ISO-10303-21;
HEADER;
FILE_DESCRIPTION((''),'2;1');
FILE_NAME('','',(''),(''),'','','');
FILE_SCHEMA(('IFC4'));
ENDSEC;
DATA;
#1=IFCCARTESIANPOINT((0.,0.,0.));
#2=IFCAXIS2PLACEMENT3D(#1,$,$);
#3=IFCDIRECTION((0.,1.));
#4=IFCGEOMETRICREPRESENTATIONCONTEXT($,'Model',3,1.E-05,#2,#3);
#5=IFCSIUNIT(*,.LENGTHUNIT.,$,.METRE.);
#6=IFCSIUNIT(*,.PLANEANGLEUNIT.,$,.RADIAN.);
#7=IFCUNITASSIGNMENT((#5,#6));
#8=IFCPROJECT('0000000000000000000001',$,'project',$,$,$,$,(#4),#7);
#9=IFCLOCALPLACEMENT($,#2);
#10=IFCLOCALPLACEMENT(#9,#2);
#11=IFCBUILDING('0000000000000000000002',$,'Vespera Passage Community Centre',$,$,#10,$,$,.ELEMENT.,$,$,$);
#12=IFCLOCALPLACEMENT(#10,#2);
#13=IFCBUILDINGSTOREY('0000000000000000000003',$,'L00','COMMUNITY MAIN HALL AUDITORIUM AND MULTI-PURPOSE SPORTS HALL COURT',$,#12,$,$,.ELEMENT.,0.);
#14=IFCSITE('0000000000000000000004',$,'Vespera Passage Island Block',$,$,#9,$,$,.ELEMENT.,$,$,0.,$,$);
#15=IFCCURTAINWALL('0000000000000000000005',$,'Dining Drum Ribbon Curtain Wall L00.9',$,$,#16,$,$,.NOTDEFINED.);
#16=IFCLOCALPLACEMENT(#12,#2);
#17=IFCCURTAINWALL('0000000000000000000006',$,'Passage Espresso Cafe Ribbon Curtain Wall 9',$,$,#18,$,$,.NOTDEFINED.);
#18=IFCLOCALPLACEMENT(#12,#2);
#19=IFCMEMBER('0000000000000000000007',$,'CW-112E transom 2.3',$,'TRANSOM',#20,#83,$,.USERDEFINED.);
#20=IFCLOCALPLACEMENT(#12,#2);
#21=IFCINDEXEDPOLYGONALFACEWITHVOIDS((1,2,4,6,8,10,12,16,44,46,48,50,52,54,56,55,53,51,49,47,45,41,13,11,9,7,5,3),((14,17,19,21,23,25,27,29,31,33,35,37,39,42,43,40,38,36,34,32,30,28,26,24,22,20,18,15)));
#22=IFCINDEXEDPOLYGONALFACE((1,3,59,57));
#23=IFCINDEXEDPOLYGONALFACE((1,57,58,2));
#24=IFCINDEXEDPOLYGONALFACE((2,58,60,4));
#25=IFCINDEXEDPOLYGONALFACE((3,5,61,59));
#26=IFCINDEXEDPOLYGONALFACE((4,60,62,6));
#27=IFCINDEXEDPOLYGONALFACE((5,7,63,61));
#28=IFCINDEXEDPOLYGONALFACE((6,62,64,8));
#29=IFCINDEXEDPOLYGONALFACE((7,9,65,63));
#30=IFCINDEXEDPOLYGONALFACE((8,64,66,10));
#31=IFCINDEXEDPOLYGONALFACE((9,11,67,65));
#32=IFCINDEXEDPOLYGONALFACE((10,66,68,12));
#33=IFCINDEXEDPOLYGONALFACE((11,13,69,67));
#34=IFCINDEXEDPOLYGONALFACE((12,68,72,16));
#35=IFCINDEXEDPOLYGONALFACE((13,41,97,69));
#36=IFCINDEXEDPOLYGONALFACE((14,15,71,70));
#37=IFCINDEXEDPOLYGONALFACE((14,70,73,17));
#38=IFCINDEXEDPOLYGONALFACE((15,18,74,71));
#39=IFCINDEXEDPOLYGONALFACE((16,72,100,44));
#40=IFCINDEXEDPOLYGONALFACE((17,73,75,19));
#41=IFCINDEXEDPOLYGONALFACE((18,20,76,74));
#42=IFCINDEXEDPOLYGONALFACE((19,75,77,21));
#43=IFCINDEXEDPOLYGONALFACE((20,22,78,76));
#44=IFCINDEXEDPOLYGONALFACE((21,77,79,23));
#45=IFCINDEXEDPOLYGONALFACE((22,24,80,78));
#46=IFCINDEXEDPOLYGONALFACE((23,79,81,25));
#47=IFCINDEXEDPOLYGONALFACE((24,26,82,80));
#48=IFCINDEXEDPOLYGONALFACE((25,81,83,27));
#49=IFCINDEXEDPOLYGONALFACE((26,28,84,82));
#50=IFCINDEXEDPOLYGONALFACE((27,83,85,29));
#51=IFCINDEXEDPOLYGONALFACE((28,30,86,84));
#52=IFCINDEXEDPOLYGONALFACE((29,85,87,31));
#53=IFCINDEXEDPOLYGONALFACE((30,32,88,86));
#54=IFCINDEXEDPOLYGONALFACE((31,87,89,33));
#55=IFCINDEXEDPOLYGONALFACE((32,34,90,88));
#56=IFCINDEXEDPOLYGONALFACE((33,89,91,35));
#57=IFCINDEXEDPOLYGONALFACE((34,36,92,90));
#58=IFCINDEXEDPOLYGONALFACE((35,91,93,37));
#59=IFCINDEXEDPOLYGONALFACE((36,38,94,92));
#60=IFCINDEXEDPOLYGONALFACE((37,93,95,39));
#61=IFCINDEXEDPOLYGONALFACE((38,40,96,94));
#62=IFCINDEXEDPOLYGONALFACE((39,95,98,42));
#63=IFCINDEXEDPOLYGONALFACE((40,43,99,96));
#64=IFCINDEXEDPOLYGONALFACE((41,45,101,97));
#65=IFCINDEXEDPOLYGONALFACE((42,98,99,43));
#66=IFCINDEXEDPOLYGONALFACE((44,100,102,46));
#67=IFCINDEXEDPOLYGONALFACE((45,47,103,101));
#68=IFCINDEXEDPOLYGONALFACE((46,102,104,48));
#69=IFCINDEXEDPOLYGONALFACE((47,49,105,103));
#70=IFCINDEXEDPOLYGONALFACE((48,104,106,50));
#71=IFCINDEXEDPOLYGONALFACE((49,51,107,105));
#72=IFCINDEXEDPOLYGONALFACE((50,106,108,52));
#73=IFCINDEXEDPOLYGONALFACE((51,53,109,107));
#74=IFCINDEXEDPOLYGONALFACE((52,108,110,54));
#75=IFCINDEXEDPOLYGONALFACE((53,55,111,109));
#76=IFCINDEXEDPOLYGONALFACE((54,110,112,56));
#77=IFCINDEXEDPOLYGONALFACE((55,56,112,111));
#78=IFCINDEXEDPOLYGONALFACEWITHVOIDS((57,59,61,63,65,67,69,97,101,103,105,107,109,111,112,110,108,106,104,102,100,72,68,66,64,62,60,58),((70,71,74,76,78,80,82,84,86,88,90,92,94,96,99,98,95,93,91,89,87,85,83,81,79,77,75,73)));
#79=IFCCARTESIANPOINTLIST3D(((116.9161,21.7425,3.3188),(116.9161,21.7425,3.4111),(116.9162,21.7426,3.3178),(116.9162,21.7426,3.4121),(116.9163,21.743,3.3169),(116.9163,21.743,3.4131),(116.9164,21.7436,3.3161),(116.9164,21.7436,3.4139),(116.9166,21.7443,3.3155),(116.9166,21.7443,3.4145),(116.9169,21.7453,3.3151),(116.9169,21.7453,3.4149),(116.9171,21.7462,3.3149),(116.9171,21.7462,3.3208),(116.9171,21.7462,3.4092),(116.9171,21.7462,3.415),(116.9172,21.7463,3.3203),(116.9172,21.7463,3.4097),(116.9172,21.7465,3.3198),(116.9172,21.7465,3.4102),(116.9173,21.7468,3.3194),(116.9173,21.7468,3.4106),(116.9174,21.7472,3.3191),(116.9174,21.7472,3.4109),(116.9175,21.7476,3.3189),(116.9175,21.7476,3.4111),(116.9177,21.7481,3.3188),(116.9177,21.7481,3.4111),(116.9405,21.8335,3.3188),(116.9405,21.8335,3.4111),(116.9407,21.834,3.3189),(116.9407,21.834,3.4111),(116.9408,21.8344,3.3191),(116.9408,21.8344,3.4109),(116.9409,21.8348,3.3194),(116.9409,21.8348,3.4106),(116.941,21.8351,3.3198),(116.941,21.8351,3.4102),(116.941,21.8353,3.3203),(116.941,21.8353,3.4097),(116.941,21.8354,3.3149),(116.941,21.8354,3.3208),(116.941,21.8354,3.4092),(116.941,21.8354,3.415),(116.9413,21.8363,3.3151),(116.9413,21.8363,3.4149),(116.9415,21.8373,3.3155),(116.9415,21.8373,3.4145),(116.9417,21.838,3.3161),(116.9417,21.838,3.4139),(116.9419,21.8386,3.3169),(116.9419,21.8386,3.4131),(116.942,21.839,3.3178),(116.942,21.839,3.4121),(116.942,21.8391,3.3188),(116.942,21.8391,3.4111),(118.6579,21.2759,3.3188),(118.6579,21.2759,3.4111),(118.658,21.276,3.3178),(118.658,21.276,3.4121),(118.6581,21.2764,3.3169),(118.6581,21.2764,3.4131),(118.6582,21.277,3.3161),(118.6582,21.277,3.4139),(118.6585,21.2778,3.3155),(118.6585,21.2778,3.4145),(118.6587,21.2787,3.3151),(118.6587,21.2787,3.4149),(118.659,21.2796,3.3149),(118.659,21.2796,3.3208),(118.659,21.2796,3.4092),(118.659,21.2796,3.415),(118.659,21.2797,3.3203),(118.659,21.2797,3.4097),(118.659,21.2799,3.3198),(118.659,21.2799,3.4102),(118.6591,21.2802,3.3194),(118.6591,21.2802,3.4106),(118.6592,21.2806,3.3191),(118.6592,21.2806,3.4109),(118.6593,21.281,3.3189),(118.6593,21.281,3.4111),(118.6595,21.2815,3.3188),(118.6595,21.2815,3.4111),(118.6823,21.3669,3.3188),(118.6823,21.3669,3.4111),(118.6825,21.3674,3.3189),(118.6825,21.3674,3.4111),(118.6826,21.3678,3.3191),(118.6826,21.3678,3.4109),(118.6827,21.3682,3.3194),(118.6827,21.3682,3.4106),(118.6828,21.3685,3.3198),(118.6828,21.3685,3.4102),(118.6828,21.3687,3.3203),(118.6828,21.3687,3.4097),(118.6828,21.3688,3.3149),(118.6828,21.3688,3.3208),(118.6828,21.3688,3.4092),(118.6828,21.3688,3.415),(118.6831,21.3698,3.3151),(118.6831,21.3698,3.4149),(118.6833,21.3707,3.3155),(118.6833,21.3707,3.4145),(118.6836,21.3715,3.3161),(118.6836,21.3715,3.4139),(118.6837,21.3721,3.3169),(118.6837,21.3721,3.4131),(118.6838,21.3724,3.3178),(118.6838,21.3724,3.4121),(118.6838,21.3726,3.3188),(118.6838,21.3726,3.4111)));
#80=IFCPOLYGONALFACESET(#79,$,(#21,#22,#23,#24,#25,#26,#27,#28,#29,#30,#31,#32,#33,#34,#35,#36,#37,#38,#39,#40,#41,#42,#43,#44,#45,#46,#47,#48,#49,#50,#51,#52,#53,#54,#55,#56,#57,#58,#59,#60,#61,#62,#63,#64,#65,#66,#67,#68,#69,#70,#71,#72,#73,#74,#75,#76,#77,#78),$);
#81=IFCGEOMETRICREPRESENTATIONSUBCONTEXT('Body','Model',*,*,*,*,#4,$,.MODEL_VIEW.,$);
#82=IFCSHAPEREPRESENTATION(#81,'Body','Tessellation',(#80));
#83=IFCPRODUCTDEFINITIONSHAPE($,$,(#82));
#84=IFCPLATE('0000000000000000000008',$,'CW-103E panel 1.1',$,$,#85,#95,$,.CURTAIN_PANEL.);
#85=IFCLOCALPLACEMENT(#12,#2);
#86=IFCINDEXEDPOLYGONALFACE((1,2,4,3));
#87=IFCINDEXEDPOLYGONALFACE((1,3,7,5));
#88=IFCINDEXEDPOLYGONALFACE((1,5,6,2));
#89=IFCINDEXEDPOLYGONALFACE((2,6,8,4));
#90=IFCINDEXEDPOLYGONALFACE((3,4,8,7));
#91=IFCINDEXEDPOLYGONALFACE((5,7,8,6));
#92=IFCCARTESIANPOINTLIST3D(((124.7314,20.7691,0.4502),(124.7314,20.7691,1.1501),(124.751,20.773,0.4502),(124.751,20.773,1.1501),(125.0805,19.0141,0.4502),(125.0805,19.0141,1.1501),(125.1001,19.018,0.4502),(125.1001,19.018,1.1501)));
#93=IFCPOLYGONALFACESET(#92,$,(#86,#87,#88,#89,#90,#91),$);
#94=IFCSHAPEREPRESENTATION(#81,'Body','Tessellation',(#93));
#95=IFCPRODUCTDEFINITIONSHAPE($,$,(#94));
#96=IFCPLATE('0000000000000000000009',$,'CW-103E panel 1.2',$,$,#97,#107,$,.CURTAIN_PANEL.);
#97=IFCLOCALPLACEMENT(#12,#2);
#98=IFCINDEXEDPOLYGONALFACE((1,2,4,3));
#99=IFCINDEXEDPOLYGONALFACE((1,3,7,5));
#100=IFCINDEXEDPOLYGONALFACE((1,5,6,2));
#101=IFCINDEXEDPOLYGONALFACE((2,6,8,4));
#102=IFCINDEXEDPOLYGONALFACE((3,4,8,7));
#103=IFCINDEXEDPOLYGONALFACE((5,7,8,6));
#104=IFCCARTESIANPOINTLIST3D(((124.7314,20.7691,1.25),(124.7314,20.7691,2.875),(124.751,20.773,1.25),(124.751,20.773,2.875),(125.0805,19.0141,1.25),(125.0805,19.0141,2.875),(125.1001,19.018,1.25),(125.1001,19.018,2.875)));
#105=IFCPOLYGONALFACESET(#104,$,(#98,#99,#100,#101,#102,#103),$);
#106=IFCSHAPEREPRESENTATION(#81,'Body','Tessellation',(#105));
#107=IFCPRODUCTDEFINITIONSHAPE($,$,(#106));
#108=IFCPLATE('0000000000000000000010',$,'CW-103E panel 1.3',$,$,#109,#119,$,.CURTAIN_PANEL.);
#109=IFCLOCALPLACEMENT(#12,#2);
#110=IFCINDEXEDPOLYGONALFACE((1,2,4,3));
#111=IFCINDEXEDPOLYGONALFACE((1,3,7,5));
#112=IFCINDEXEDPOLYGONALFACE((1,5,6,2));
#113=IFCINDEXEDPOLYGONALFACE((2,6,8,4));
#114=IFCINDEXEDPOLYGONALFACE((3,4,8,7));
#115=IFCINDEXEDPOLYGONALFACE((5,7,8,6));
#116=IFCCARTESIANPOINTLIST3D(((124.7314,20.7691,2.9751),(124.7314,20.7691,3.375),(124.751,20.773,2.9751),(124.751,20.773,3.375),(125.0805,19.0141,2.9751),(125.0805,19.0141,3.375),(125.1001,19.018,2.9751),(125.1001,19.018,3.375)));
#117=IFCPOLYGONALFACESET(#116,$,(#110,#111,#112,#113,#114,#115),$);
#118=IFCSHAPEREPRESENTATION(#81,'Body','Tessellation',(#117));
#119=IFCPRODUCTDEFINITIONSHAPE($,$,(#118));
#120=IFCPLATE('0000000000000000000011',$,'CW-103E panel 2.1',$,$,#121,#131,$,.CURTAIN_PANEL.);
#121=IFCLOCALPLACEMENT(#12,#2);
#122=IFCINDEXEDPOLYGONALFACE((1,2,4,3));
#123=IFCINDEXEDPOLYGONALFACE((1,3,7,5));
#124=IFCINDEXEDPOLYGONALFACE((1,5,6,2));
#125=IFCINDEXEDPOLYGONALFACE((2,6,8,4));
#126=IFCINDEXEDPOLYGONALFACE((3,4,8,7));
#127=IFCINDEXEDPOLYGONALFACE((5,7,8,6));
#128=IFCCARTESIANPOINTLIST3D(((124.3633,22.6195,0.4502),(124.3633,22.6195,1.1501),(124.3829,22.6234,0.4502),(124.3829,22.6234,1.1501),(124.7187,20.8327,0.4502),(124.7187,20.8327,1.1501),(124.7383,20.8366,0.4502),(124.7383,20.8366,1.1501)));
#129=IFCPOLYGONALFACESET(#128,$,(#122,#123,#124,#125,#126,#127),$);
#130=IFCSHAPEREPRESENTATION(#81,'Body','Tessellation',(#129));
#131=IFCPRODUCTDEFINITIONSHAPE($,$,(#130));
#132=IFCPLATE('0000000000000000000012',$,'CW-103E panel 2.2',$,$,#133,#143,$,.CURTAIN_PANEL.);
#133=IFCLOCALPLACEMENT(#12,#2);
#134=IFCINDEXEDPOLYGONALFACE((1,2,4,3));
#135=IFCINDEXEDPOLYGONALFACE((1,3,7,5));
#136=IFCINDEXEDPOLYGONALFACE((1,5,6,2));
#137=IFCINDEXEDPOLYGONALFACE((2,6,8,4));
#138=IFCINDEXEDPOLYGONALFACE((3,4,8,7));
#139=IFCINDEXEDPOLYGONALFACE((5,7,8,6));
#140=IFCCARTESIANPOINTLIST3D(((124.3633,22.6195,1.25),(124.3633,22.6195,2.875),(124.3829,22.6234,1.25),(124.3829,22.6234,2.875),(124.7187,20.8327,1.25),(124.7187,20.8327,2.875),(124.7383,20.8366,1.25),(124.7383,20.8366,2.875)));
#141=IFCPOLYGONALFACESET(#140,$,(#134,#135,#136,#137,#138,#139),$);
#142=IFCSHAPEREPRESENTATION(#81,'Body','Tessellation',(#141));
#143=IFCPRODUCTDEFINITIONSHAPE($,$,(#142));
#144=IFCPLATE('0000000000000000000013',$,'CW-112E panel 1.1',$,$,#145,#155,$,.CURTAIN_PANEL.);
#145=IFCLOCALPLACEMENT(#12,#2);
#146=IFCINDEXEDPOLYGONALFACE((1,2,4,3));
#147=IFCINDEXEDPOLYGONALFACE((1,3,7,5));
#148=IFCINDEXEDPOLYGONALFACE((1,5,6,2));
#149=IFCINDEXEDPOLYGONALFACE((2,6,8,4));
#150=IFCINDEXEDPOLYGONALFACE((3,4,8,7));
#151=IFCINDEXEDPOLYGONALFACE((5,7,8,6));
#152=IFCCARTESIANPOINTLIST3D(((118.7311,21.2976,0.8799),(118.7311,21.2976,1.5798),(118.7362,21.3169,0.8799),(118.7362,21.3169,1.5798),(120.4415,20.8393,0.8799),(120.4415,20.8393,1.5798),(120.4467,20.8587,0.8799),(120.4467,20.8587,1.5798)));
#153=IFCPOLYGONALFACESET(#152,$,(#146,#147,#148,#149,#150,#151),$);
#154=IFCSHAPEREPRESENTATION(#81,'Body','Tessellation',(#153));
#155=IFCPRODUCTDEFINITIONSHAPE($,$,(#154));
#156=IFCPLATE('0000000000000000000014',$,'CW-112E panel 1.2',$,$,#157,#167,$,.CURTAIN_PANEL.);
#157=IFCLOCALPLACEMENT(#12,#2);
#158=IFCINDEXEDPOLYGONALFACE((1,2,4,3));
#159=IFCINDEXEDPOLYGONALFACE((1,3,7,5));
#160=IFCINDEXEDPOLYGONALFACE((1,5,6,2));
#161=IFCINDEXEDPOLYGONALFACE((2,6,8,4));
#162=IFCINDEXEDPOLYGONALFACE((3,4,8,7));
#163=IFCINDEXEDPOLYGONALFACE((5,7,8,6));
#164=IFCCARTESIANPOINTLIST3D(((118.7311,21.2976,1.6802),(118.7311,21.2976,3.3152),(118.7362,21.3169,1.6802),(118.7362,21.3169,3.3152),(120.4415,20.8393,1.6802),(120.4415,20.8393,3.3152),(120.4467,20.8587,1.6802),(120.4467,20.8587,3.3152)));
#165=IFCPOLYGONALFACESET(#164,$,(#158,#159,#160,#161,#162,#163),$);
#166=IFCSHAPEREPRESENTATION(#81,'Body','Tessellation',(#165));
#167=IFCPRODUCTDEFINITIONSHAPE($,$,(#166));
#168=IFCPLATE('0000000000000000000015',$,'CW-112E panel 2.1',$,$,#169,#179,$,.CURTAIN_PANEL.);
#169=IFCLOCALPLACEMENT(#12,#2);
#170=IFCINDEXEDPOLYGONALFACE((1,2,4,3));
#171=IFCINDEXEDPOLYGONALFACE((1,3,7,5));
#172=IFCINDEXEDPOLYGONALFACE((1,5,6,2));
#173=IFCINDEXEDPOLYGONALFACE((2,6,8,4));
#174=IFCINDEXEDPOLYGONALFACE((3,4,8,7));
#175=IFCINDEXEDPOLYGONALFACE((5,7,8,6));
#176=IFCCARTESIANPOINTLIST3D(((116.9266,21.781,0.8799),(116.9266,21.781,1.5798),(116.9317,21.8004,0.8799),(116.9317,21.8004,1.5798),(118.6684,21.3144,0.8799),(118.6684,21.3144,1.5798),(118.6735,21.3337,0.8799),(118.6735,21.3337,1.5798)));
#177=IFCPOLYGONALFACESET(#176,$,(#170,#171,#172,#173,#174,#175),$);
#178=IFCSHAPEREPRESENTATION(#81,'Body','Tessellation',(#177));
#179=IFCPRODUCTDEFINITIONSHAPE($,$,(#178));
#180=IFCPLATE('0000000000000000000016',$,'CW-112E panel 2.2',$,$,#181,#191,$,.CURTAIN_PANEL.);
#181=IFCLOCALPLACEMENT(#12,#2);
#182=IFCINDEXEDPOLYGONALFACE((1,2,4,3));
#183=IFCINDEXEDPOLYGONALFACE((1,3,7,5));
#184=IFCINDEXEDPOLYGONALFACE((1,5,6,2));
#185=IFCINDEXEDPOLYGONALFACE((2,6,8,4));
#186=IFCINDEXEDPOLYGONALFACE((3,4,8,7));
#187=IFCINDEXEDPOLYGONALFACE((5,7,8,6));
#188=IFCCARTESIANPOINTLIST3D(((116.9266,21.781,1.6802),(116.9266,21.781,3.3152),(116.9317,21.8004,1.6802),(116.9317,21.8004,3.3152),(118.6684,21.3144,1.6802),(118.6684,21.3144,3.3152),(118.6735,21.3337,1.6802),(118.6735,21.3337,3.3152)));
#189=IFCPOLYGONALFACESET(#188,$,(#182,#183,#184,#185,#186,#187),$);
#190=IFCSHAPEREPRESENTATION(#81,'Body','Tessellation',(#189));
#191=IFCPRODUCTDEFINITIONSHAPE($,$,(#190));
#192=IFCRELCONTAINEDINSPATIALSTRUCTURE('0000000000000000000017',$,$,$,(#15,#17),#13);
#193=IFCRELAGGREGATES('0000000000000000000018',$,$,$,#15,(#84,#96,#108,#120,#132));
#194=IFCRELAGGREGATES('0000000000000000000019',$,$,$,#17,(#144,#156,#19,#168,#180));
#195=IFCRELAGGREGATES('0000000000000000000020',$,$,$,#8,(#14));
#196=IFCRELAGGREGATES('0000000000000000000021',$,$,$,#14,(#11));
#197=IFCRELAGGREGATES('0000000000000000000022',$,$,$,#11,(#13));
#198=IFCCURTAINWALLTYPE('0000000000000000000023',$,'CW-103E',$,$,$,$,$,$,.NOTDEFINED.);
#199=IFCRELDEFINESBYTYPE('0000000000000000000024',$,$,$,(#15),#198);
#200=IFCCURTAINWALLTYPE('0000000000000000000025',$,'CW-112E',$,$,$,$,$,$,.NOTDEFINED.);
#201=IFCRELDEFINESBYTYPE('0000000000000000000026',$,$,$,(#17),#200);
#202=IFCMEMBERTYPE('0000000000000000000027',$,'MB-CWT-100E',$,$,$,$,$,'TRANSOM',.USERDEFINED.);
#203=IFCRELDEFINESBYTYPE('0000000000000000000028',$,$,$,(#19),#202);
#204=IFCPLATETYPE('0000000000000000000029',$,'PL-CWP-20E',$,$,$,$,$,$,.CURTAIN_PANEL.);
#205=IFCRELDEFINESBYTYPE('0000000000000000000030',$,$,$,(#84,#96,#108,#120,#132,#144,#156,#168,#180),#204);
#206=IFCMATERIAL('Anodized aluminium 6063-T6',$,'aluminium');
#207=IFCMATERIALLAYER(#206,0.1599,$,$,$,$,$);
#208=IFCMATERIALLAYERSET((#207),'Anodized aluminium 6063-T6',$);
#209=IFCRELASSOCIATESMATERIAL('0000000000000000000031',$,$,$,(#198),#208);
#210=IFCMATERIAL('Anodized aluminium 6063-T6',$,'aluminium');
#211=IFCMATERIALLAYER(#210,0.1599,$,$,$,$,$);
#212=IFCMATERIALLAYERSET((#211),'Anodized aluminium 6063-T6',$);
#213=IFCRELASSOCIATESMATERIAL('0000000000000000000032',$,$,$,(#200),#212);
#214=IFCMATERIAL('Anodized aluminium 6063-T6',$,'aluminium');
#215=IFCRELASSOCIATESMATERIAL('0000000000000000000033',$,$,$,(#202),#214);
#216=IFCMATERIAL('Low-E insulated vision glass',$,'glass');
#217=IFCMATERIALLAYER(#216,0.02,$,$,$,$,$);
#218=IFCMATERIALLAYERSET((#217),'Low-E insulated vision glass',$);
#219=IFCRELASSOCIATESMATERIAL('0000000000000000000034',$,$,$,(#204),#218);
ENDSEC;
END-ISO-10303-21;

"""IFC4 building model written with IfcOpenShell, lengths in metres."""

from ifc_helpers import new_model, si_unit, direction, frame, origin, origin_2d, place, context, subcontext, project, spatial, rectangle, hollow_rectangle, extrude, material, layer, layer_set, material_profile, profile_set, type_object, element, aggregate, save


model = new_model("IFC4")

# Units and contexts
model_context = context("Model", 3, precision=1e-05, world=origin(), true_north=direction((0.0, 1.0)))
body_context = subcontext(model_context, "Body", "Model", "MODEL_VIEW")
ifc_project = project(units=[si_unit("LENGTHUNIT", "METRE"), si_unit("PLANEANGLEUNIT", "RADIAN")], contexts=[model_context])

# Site, building, storey
site_placement = place(None, origin())
site = spatial("IfcSite", under=ifc_project, at=site_placement, Name="Vespera Passage Island Block", CompositionType="ELEMENT", RefElevation=0.0)
building_placement = place(site_placement, origin())
building = spatial("IfcBuilding", under=site, at=building_placement, Name="Vespera Passage Community Centre", CompositionType="ELEMENT")
storey_placement = place(building_placement, origin())
storey = spatial("IfcBuildingStorey", under=building, at=storey_placement, Name="L00", Description="COMMUNITY MAIN HALL AUDITORIUM AND MULTI-PURPOSE SPORTS HALL COURT", CompositionType="ELEMENT", Elevation=0.0)

# Curtain wall
ifc_material_1 = material(Name="Anodized aluminium 6063-T6", Category="aluminium")
ifc_layer_1 = layer(ifc_material_1, 0.1599)
ifc_layer_set_1 = layer_set([ifc_layer_1], Name="Anodized aluminium 6063-T6")
curtain_wall_type_1 = type_object("IfcCurtainWallType", Name="CW-103E", PredefinedType="NOTDEFINED", material=ifc_layer_set_1)
curtain_wall_1_placement = place(storey_placement, origin())
curtain_wall_1 = element("IfcCurtainWall", 1, at=curtain_wall_1_placement, inside=storey, type_object=curtain_wall_type_1, Name="Dining Drum Ribbon Curtain Wall L00.9", PredefinedType="NOTDEFINED")

# Curtain wall
ifc_material_2 = material(Name="Anodized aluminium 6063-T6", Category="aluminium")
ifc_layer_2 = layer(ifc_material_2, 0.1599)
ifc_layer_set_2 = layer_set([ifc_layer_2], Name="Anodized aluminium 6063-T6")
curtain_wall_type_2 = type_object("IfcCurtainWallType", Name="CW-112E", PredefinedType="NOTDEFINED", material=ifc_layer_set_2)
curtain_wall_2_placement = place(storey_placement, origin())
curtain_wall_2 = element("IfcCurtainWall", 2, at=curtain_wall_2_placement, inside=storey, type_object=curtain_wall_type_2, Name="Passage Espresso Cafe Ribbon Curtain Wall 9", PredefinedType="NOTDEFINED")

# Member
ifc_material_3 = material(Name="Anodized aluminium 6063-T6", Category="aluminium")
ifc_material_profile_1 = material_profile(ifc_material_3, hollow_rectangle(XDim=0.1001, YDim=0.1001, WallThickness=0.0039, InnerFilletRadius=0.002, OuterFilletRadius=0.0039, at=origin_2d()), Name="ALU100X100X4")
ifc_profile_set_1 = profile_set([ifc_material_profile_1], Name="Anodized aluminium 6063-T6")
member_type_1 = type_object("IfcMemberType", Name="MB-CWT-100E", ElementType="TRANSOM", PredefinedType="USERDEFINED", material=ifc_profile_set_1)
member_1_placement = place(storey_placement, frame((118.6709, 21.3242, 3.365), z_axis=(-0.965944, 0.25875, 0.0), x_axis=(-0.25875, -0.965944, 0.0)))
member_1 = element("IfcMember", 3, at=member_1_placement, type_object=member_type_1, Name="CW-112E transom 2.3", ObjectType="TRANSOM", PredefinedType="USERDEFINED", context=body_context, shape_type="SweptSolid", body=[
    extrude(hollow_rectangle(XDim=0.1001, YDim=0.1001, WallThickness=0.0039, InnerFilletRadius=0.002, OuterFilletRadius=0.0039, at=origin_2d()), origin(), (0.0, 0.0, 1.0), 1.8032),
])

# Plates
ifc_material_4 = material(Name="Low-E insulated vision glass", Category="glass")
ifc_layer_3 = layer(ifc_material_4, 0.02)
ifc_layer_set_3 = layer_set([ifc_layer_3], Name="Low-E insulated vision glass")
plate_type = type_object("IfcPlateType", Name="PL-CWP-20E", PredefinedType="CURTAIN_PANEL", material=ifc_layer_set_3)
plate_1_placement = place(storey_placement, frame((124.9158, 19.8936, 0.4502), z_axis=(0.0, 0.0, 1.0), x_axis=(-0.195097, 0.980784, 0.0)))
plate_1 = element("IfcPlate", 4, at=plate_1_placement, type_object=plate_type, Name="CW-103E panel 1.1", PredefinedType="CURTAIN_PANEL", context=body_context, shape_type="SweptSolid", body=[
    extrude(rectangle(XDim=1.7893, YDim=0.02, at=origin_2d()), origin(), (0.0, 0.0, 1.0), 0.7),
])
plate_2_placement = place(storey_placement, frame((124.9158, 19.8936, 1.25), z_axis=(0.0, 0.0, 1.0), x_axis=(-0.195097, 0.980784, 0.0)))
plate_2 = element("IfcPlate", 5, at=plate_2_placement, type_object=plate_type, Name="CW-103E panel 1.2", PredefinedType="CURTAIN_PANEL", context=body_context, shape_type="SweptSolid", body=[
    extrude(rectangle(XDim=1.7893, YDim=0.02, at=origin_2d()), origin(), (0.0, 0.0, 1.0), 1.625),
])
plate_3_placement = place(storey_placement, frame((124.9158, 19.8936, 2.9751), z_axis=(0.0, 0.0, 1.0), x_axis=(-0.195097, 0.980784, 0.0)))
plate_3 = element("IfcPlate", 6, at=plate_3_placement, type_object=plate_type, Name="CW-103E panel 1.3", PredefinedType="CURTAIN_PANEL", context=body_context, shape_type="SweptSolid", body=[
    extrude(rectangle(XDim=1.7893, YDim=0.02, at=origin_2d()), origin(), (0.0, 0.0, 1.0), 0.3999),
])
plate_4_placement = place(storey_placement, frame((124.5508, 21.728, 0.4502), z_axis=(0.0, 0.0, 1.0), x_axis=(-0.195097, 0.980784, 0.0)))
plate_4 = element("IfcPlate", 7, at=plate_4_placement, type_object=plate_type, Name="CW-103E panel 2.1", PredefinedType="CURTAIN_PANEL", context=body_context, shape_type="SweptSolid", body=[
    extrude(rectangle(XDim=1.8218, YDim=0.02, at=origin_2d()), origin(), (0.0, 0.0, 1.0), 0.7),
])
plate_5_placement = place(storey_placement, frame((124.5508, 21.728, 1.25), z_axis=(0.0, 0.0, 1.0), x_axis=(-0.195097, 0.980784, 0.0)))
plate_5 = element("IfcPlate", 8, at=plate_5_placement, type_object=plate_type, Name="CW-103E panel 2.2", PredefinedType="CURTAIN_PANEL", context=body_context, shape_type="SweptSolid", body=[
    extrude(rectangle(XDim=1.8218, YDim=0.02, at=origin_2d()), origin(), (0.0, 0.0, 1.0), 1.625),
])
aggregate(curtain_wall_1, [plate_1, plate_2, plate_3, plate_4, plate_5])
plate_6_placement = place(storey_placement, frame((119.5889, 21.0781, 0.8799), z_axis=(0.0, 0.0, 1.0), x_axis=(-0.965929, 0.258807, 0.0)))
plate_6 = element("IfcPlate", 9, at=plate_6_placement, type_object=plate_type, Name="CW-112E panel 1.1", PredefinedType="CURTAIN_PANEL", context=body_context, shape_type="SweptSolid", body=[
    extrude(rectangle(XDim=1.7708, YDim=0.02, at=origin_2d()), origin(), (0.0, 0.0, 1.0), 0.7),
])
plate_7_placement = place(storey_placement, frame((119.5889, 21.0781, 1.6802), z_axis=(0.0, 0.0, 1.0), x_axis=(-0.965929, 0.258807, 0.0)))
plate_7 = element("IfcPlate", 10, at=plate_7_placement, type_object=plate_type, Name="CW-112E panel 1.2", PredefinedType="CURTAIN_PANEL", context=body_context, shape_type="SweptSolid", body=[
    extrude(rectangle(XDim=1.7708, YDim=0.02, at=origin_2d()), origin(), (0.0, 0.0, 1.0), 1.635),
])
plate_8_placement = place(storey_placement, frame((117.8, 21.5574, 0.8799), z_axis=(0.0, 0.0, 1.0), x_axis=(-0.965929, 0.258807, 0.0)))
plate_8 = element("IfcPlate", 11, at=plate_8_placement, type_object=plate_type, Name="CW-112E panel 2.1", PredefinedType="CURTAIN_PANEL", context=body_context, shape_type="SweptSolid", body=[
    extrude(rectangle(XDim=1.8032, YDim=0.02, at=origin_2d()), origin(), (0.0, 0.0, 1.0), 0.7),
])
plate_9_placement = place(storey_placement, frame((117.8, 21.5574, 1.6802), z_axis=(0.0, 0.0, 1.0), x_axis=(-0.965929, 0.258807, 0.0)))
plate_9 = element("IfcPlate", 12, at=plate_9_placement, type_object=plate_type, Name="CW-112E panel 2.2", PredefinedType="CURTAIN_PANEL", context=body_context, shape_type="SweptSolid", body=[
    extrude(rectangle(XDim=1.8032, YDim=0.02, at=origin_2d()), origin(), (0.0, 0.0, 1.0), 1.635),
])
aggregate(curtain_wall_2, [plate_6, plate_7, member_1, plate_8, plate_9])

save(model, "model.ifc")
